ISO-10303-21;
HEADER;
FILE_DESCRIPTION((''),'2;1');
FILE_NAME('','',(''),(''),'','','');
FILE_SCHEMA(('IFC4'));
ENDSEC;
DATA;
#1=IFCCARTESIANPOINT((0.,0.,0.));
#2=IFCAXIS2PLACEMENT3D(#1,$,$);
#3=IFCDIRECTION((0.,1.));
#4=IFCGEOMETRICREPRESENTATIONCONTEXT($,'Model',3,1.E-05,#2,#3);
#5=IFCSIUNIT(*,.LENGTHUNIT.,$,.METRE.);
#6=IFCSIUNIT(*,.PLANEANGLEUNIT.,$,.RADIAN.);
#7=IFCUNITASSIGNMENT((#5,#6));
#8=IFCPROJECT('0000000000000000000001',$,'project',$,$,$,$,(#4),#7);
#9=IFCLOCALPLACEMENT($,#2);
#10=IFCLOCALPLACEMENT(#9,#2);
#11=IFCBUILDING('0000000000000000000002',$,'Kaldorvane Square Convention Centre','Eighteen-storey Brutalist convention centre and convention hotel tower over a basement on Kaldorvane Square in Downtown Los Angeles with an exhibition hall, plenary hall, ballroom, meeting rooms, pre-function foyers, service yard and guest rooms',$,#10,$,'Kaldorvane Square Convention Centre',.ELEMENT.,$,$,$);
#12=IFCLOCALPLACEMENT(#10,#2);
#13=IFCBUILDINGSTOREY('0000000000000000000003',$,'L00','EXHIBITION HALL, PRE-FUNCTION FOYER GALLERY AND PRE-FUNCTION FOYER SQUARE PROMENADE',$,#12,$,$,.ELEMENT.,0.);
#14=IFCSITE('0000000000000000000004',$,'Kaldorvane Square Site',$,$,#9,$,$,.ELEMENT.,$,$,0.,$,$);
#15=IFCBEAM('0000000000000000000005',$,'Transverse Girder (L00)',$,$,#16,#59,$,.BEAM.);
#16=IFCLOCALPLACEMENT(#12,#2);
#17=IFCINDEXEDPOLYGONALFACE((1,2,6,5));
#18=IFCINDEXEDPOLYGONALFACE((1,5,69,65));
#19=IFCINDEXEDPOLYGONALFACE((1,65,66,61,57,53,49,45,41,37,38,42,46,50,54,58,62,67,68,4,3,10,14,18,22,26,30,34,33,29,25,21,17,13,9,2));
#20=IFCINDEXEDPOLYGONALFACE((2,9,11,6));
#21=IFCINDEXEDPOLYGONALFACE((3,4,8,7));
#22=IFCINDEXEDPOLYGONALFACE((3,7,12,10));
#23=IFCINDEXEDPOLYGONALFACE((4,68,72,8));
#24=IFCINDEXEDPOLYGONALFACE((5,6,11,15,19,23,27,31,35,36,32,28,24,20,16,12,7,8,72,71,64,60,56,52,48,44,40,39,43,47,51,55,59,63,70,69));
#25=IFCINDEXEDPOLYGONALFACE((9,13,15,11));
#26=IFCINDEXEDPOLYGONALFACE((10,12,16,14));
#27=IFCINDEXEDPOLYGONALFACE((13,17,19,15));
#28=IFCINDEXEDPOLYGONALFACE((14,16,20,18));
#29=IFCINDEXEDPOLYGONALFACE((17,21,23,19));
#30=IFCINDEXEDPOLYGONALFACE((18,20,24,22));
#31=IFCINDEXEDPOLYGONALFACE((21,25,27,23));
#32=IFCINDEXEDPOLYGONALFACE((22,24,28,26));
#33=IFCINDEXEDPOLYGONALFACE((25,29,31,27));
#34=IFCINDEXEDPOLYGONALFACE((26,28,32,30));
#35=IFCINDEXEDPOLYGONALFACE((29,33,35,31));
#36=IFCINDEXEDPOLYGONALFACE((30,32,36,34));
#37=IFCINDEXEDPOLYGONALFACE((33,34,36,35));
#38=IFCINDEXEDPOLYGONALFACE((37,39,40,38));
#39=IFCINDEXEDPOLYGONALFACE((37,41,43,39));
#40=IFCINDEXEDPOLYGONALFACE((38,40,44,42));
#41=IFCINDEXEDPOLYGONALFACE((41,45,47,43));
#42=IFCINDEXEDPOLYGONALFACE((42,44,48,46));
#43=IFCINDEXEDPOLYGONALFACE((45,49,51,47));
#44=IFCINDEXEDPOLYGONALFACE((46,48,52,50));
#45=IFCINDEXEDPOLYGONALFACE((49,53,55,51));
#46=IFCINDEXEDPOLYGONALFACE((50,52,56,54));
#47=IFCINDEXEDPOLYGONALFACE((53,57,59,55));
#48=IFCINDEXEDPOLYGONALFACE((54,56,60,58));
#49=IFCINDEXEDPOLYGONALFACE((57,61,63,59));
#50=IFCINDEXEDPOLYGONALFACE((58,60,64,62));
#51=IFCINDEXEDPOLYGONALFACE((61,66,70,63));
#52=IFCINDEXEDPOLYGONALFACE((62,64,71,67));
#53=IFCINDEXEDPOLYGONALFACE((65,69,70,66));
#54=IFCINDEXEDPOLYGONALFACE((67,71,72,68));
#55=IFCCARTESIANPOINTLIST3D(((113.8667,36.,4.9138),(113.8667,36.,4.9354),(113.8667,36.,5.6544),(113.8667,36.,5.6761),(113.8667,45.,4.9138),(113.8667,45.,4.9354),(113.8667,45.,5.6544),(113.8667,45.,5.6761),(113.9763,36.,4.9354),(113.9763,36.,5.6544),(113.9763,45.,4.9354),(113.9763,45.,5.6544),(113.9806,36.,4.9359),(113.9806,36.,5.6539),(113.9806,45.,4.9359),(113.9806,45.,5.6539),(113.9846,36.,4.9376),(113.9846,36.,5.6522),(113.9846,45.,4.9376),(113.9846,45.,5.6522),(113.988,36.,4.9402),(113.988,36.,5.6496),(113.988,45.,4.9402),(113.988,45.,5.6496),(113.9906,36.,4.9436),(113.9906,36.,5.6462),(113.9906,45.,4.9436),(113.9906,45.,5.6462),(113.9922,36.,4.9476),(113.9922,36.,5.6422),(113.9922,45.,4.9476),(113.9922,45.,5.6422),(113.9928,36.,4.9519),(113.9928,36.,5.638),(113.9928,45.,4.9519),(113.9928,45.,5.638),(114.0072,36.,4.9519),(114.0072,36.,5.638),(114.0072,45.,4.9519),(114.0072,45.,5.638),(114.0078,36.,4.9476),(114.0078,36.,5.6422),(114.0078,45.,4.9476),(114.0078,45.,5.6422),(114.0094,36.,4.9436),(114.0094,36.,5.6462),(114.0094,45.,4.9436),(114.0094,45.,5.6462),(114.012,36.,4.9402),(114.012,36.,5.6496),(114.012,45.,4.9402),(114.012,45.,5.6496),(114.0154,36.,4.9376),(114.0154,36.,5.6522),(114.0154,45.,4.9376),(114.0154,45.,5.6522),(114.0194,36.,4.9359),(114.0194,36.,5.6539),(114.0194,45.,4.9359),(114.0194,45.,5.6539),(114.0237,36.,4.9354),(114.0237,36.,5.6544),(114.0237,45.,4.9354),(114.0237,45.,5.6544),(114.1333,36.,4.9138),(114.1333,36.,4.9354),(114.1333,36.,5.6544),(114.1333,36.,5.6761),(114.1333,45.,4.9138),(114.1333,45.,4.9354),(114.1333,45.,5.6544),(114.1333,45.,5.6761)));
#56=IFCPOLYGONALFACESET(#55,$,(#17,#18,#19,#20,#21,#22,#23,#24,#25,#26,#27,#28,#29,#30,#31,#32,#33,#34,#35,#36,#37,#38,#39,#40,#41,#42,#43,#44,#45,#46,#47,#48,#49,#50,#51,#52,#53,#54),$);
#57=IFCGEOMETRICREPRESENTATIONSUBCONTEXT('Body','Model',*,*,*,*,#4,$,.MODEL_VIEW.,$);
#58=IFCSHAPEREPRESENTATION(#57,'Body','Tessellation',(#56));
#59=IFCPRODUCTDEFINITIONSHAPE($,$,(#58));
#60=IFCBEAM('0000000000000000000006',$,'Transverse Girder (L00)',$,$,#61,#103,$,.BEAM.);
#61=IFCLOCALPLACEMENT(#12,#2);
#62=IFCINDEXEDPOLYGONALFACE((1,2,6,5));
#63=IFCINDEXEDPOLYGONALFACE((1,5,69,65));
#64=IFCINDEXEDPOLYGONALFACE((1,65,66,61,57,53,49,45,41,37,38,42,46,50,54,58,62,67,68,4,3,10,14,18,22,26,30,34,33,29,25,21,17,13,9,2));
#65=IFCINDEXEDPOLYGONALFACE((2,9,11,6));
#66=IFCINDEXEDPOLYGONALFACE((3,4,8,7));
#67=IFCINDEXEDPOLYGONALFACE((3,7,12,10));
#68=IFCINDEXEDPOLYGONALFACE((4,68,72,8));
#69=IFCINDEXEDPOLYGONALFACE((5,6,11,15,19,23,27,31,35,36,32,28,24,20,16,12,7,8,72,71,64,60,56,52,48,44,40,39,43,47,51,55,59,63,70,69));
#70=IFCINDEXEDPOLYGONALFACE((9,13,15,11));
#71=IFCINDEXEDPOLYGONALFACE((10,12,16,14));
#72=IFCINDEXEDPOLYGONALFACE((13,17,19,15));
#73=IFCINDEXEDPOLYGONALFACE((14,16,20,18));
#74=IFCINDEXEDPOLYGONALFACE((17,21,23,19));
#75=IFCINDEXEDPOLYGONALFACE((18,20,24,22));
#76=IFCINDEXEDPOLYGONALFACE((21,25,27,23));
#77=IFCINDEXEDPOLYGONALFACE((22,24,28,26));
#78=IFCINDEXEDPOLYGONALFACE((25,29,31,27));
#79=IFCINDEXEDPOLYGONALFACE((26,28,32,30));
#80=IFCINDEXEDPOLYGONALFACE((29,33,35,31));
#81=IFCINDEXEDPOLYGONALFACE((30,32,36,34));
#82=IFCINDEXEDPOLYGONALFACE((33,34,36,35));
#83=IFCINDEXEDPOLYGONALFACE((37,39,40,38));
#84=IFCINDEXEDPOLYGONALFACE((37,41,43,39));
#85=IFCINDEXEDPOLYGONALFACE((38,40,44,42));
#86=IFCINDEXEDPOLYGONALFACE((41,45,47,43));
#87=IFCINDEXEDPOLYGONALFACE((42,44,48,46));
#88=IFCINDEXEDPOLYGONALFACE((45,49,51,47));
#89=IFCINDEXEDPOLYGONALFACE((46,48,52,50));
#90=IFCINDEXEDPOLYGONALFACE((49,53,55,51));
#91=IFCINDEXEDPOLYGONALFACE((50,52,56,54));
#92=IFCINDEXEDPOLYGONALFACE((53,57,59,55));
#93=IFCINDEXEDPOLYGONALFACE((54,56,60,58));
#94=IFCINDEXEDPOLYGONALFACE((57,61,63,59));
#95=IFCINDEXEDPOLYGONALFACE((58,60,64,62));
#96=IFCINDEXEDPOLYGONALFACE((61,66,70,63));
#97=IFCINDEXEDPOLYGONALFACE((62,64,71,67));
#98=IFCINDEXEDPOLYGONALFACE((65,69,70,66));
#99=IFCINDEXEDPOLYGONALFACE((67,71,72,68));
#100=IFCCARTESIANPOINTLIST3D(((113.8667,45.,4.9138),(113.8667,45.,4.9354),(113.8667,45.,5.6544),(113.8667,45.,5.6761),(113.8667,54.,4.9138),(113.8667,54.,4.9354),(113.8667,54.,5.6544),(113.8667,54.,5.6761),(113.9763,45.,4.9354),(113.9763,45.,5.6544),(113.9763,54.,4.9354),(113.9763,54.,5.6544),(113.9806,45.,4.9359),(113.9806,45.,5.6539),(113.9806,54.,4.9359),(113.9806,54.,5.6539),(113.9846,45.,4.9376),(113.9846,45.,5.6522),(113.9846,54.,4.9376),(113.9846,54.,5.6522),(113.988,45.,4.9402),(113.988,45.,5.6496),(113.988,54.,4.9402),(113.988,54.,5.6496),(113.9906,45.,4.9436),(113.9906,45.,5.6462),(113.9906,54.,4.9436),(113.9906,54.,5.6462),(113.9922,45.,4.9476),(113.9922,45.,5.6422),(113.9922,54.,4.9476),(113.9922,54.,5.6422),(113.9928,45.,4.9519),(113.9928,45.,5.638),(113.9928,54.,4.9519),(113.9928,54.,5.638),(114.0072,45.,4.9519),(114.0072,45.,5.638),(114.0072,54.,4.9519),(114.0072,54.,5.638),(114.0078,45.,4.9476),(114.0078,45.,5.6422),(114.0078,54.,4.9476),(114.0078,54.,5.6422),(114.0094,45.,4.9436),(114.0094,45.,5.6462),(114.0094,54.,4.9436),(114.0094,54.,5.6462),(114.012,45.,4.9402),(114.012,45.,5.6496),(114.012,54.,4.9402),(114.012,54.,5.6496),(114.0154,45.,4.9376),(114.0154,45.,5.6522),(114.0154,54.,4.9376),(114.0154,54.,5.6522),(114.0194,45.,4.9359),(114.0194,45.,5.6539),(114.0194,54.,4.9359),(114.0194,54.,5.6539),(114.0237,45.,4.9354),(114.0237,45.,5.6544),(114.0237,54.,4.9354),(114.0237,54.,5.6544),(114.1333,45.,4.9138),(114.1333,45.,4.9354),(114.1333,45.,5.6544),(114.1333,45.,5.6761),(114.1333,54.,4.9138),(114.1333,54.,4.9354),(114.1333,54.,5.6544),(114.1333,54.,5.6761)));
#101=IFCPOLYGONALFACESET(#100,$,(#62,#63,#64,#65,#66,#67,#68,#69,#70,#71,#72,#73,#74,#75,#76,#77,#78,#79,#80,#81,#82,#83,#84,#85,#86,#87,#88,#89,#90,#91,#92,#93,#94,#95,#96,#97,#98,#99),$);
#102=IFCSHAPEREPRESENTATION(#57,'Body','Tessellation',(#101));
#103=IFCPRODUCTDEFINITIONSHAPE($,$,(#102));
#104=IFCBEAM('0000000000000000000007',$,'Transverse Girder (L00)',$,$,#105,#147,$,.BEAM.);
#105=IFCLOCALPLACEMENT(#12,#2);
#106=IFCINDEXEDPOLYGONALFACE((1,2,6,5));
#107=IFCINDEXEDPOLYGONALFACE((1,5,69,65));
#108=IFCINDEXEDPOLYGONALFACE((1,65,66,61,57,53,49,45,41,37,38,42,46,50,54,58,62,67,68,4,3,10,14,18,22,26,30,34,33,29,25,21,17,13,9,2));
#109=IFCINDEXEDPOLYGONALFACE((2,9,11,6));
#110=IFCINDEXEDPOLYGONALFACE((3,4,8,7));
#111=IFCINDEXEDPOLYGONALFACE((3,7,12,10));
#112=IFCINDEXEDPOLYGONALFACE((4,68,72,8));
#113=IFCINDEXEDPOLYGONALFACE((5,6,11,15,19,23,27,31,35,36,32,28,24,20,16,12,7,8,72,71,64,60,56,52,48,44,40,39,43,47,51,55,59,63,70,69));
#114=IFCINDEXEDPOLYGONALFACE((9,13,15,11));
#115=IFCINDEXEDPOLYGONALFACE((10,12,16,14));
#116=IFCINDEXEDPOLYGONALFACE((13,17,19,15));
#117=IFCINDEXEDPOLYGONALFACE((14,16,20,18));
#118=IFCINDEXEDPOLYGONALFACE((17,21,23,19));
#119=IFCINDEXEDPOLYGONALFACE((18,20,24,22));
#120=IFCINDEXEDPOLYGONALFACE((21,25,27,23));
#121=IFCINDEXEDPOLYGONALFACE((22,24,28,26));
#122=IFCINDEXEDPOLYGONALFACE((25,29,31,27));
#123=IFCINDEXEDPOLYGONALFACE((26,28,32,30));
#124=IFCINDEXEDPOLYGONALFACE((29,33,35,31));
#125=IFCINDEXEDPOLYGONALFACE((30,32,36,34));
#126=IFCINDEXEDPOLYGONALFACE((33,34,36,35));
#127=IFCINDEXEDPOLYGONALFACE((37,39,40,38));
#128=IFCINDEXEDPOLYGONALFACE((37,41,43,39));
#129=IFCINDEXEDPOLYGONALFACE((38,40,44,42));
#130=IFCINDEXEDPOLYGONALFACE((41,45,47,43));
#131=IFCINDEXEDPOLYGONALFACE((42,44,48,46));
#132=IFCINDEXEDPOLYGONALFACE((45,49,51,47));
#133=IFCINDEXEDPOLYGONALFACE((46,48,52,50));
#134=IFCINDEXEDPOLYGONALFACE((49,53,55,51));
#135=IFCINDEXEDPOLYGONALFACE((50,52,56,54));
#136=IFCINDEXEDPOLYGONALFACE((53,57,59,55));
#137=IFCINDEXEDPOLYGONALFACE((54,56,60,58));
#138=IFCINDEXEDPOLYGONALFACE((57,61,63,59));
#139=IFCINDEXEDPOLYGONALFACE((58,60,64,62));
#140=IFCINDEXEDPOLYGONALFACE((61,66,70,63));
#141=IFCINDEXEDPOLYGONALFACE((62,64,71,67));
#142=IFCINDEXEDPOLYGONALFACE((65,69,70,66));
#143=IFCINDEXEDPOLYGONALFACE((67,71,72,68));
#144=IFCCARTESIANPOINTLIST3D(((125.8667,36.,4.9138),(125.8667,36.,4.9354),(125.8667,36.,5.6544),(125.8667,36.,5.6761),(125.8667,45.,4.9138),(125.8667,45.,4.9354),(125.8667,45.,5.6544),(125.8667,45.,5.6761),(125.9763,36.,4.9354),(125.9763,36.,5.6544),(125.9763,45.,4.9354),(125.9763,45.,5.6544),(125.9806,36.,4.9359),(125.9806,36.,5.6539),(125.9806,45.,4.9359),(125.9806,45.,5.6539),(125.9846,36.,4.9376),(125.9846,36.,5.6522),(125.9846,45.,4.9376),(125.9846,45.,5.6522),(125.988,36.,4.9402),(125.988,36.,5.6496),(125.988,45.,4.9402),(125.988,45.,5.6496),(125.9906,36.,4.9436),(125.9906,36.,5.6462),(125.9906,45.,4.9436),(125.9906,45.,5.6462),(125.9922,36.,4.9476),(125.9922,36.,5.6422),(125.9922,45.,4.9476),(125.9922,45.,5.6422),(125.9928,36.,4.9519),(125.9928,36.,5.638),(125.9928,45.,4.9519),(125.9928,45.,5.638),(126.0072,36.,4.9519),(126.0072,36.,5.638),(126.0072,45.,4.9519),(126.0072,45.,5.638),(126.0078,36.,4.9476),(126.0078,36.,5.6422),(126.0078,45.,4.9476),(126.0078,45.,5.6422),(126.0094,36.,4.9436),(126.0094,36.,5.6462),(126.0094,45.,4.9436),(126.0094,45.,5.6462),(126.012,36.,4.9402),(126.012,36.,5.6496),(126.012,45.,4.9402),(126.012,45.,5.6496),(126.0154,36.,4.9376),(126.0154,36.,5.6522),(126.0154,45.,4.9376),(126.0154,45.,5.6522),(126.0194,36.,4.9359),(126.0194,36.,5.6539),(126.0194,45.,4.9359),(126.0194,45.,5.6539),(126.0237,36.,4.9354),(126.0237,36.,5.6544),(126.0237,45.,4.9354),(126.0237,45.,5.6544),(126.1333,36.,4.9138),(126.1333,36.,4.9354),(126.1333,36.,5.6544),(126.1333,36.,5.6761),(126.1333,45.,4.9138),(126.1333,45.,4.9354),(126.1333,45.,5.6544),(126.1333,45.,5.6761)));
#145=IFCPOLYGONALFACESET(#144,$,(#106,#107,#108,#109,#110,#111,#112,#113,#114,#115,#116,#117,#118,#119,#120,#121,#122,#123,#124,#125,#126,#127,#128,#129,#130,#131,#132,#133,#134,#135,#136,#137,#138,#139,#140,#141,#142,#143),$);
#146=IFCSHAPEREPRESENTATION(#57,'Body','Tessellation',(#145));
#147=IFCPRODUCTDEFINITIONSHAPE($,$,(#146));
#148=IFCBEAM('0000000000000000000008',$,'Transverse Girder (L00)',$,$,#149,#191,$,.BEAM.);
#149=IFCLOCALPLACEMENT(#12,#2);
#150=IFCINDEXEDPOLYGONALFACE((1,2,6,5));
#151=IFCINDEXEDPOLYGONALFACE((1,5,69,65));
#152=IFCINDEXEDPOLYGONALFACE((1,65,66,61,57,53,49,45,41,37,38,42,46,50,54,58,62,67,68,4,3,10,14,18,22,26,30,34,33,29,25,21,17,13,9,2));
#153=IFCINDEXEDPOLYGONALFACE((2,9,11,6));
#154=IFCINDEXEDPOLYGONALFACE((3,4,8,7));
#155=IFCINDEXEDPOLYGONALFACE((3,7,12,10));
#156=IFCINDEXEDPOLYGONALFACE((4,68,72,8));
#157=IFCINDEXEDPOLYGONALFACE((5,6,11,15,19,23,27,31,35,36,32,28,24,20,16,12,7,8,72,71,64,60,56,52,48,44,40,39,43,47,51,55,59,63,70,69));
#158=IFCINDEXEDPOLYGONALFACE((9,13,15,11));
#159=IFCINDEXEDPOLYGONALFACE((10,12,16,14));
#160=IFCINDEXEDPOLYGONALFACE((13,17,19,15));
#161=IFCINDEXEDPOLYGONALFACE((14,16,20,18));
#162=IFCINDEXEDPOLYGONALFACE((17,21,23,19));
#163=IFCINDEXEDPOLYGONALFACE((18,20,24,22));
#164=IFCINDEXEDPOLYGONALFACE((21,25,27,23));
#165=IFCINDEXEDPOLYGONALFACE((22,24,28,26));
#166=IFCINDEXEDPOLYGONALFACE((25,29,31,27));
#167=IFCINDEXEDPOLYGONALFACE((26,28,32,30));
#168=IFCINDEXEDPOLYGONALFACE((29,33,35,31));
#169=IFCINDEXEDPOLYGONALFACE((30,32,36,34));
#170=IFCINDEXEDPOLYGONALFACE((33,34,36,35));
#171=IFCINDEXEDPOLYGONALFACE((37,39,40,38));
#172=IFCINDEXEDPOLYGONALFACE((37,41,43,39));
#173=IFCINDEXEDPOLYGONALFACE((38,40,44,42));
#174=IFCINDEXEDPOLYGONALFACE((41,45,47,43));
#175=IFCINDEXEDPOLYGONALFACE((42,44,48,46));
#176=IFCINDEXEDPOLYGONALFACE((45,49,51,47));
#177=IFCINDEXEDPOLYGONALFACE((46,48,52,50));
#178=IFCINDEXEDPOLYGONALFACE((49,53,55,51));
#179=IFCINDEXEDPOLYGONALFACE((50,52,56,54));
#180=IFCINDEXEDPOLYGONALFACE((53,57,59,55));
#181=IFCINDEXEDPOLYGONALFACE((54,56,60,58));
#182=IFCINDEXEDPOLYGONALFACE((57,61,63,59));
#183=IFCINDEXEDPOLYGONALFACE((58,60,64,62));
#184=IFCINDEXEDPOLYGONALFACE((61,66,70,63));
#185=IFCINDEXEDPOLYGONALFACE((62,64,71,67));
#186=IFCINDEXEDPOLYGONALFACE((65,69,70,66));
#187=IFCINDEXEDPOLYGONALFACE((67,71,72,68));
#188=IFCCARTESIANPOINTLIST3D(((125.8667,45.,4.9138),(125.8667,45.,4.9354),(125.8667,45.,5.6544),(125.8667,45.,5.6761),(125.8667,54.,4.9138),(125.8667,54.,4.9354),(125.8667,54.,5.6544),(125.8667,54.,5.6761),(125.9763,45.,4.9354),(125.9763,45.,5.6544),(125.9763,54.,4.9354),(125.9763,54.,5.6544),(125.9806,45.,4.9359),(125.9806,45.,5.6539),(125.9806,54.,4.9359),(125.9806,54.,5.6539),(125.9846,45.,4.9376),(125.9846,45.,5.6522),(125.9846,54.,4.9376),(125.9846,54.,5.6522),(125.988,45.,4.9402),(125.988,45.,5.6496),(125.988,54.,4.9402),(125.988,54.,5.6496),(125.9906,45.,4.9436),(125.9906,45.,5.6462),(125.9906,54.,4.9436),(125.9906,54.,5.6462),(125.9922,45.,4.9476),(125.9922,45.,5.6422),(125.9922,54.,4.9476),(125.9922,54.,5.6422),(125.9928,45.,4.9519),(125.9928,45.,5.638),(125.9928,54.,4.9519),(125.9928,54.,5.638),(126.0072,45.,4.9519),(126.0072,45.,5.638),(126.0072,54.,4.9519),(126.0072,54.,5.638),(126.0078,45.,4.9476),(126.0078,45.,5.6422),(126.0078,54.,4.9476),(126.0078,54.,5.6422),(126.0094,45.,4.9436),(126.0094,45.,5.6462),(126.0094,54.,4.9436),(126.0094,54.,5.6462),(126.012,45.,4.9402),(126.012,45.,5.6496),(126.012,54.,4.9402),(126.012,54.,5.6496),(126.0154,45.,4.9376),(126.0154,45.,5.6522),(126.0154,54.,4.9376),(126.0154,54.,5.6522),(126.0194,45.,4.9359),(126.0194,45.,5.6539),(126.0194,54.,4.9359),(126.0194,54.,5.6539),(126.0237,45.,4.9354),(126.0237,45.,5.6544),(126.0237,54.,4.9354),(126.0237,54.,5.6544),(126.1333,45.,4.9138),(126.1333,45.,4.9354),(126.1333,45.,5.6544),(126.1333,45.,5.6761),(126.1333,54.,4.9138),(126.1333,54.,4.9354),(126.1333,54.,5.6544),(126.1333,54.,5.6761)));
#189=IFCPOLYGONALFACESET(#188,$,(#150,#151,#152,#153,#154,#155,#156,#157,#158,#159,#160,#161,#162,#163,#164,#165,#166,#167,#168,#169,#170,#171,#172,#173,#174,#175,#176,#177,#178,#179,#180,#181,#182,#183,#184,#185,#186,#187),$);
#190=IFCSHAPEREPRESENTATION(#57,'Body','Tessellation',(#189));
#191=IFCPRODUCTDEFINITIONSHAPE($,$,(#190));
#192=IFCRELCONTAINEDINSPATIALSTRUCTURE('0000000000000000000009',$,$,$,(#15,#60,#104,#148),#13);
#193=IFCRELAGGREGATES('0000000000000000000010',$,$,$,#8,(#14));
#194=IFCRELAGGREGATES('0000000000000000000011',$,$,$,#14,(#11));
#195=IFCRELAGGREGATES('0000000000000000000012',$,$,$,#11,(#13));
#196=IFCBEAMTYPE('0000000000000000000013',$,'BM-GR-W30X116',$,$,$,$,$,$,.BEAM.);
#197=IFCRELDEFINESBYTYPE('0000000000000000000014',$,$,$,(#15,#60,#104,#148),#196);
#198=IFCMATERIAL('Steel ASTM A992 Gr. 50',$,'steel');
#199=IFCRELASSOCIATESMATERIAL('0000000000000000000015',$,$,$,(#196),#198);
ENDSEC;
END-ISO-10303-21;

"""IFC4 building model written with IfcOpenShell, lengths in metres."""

from ifc_helpers import new_model, si_unit, direction, frame, origin, origin_2d, place, context, subcontext, project, spatial, i_section, extrude, material, material_profile, profile_set, type_object, element, save


model = new_model("IFC4")

# Units and contexts
model_context = context("Model", 3, precision=1e-05, world=origin(), true_north=direction((0.0, 1.0)))
body_context = subcontext(model_context, "Body", "Model", "MODEL_VIEW")
ifc_project = project(units=[si_unit("LENGTHUNIT", "METRE"), si_unit("PLANEANGLEUNIT", "RADIAN")], contexts=[model_context])

# Site, building, storey
site_placement = place(None, origin())
site = spatial("IfcSite", under=ifc_project, at=site_placement, Name="Kaldorvane Square Site", CompositionType="ELEMENT", RefElevation=0.0)
building_placement = place(site_placement, origin())
building = spatial("IfcBuilding", under=site, at=building_placement, Name="Kaldorvane Square Convention Centre", Description="Eighteen-storey Brutalist convention centre and convention hotel tower over a basement on Kaldorvane Square in Downtown Los Angeles with an exhibition hall, plenary hall, ballroom, meeting rooms, pre-function foyers, service yard and guest rooms", LongName="Kaldorvane Square Convention Centre", CompositionType="ELEMENT")
storey_placement = place(building_placement, origin())
storey = spatial("IfcBuildingStorey", under=building, at=storey_placement, Name="L00", Description="EXHIBITION HALL, PRE-FUNCTION FOYER GALLERY AND PRE-FUNCTION FOYER SQUARE PROMENADE", CompositionType="ELEMENT", Elevation=0.0)

# Shared definitions
ifc_material_1 = material(Name="Steel ASTM A992 Gr. 50", Category="steel")

# Beams
ifc_material_profile_1 = material_profile(ifc_material_1, i_section(OverallWidth=0.2666, OverallDepth=0.7623, WebThickness=0.0144, FlangeThickness=0.0216, FilletRadius=0.0165, at=origin_2d()), Name="W30X116")
ifc_profile_set_1 = profile_set([ifc_material_profile_1], Name="Steel ASTM A992 Gr. 50")
beam_type_1 = type_object("IfcBeamType", Name="BM-GR-W30X116", PredefinedType="BEAM", material=ifc_profile_set_1)
for number, where, z_axis, x_axis, name in (
    (1, (114.0, 36.0, 5.2949), (0.0, 1.0, 0.0), (-1.0, 0.0, 0.0), "Transverse Girder (L00)"),
    (2, (114.0, 45.0, 5.2949), (0.0, 1.0, 0.0), (-1.0, 0.0, 0.0), "Transverse Girder (L00)"),
    (3, (126.0, 36.0, 5.2949), (0.0, 1.0, 0.0), (-1.0, 0.0, 0.0), "Transverse Girder (L00)"),
    (4, (126.0, 45.0, 5.2949), (0.0, 1.0, 0.0), (-1.0, 0.0, 0.0), "Transverse Girder (L00)"),
):
    element("IfcBeam", number, at=place(storey_placement, frame(where, z_axis=z_axis, x_axis=x_axis)), inside=storey, type_object=beam_type_1, Name=name, PredefinedType="BEAM", context=body_context, shape_type="SweptSolid", body=[
        extrude(i_section(OverallWidth=0.2666, OverallDepth=0.7623, WebThickness=0.0144, FlangeThickness=0.0216, FilletRadius=0.0165, at=origin_2d()), origin(), (0.0, 0.0, 1.0), 9.0),
    ])

save(model, "model.ifc")
